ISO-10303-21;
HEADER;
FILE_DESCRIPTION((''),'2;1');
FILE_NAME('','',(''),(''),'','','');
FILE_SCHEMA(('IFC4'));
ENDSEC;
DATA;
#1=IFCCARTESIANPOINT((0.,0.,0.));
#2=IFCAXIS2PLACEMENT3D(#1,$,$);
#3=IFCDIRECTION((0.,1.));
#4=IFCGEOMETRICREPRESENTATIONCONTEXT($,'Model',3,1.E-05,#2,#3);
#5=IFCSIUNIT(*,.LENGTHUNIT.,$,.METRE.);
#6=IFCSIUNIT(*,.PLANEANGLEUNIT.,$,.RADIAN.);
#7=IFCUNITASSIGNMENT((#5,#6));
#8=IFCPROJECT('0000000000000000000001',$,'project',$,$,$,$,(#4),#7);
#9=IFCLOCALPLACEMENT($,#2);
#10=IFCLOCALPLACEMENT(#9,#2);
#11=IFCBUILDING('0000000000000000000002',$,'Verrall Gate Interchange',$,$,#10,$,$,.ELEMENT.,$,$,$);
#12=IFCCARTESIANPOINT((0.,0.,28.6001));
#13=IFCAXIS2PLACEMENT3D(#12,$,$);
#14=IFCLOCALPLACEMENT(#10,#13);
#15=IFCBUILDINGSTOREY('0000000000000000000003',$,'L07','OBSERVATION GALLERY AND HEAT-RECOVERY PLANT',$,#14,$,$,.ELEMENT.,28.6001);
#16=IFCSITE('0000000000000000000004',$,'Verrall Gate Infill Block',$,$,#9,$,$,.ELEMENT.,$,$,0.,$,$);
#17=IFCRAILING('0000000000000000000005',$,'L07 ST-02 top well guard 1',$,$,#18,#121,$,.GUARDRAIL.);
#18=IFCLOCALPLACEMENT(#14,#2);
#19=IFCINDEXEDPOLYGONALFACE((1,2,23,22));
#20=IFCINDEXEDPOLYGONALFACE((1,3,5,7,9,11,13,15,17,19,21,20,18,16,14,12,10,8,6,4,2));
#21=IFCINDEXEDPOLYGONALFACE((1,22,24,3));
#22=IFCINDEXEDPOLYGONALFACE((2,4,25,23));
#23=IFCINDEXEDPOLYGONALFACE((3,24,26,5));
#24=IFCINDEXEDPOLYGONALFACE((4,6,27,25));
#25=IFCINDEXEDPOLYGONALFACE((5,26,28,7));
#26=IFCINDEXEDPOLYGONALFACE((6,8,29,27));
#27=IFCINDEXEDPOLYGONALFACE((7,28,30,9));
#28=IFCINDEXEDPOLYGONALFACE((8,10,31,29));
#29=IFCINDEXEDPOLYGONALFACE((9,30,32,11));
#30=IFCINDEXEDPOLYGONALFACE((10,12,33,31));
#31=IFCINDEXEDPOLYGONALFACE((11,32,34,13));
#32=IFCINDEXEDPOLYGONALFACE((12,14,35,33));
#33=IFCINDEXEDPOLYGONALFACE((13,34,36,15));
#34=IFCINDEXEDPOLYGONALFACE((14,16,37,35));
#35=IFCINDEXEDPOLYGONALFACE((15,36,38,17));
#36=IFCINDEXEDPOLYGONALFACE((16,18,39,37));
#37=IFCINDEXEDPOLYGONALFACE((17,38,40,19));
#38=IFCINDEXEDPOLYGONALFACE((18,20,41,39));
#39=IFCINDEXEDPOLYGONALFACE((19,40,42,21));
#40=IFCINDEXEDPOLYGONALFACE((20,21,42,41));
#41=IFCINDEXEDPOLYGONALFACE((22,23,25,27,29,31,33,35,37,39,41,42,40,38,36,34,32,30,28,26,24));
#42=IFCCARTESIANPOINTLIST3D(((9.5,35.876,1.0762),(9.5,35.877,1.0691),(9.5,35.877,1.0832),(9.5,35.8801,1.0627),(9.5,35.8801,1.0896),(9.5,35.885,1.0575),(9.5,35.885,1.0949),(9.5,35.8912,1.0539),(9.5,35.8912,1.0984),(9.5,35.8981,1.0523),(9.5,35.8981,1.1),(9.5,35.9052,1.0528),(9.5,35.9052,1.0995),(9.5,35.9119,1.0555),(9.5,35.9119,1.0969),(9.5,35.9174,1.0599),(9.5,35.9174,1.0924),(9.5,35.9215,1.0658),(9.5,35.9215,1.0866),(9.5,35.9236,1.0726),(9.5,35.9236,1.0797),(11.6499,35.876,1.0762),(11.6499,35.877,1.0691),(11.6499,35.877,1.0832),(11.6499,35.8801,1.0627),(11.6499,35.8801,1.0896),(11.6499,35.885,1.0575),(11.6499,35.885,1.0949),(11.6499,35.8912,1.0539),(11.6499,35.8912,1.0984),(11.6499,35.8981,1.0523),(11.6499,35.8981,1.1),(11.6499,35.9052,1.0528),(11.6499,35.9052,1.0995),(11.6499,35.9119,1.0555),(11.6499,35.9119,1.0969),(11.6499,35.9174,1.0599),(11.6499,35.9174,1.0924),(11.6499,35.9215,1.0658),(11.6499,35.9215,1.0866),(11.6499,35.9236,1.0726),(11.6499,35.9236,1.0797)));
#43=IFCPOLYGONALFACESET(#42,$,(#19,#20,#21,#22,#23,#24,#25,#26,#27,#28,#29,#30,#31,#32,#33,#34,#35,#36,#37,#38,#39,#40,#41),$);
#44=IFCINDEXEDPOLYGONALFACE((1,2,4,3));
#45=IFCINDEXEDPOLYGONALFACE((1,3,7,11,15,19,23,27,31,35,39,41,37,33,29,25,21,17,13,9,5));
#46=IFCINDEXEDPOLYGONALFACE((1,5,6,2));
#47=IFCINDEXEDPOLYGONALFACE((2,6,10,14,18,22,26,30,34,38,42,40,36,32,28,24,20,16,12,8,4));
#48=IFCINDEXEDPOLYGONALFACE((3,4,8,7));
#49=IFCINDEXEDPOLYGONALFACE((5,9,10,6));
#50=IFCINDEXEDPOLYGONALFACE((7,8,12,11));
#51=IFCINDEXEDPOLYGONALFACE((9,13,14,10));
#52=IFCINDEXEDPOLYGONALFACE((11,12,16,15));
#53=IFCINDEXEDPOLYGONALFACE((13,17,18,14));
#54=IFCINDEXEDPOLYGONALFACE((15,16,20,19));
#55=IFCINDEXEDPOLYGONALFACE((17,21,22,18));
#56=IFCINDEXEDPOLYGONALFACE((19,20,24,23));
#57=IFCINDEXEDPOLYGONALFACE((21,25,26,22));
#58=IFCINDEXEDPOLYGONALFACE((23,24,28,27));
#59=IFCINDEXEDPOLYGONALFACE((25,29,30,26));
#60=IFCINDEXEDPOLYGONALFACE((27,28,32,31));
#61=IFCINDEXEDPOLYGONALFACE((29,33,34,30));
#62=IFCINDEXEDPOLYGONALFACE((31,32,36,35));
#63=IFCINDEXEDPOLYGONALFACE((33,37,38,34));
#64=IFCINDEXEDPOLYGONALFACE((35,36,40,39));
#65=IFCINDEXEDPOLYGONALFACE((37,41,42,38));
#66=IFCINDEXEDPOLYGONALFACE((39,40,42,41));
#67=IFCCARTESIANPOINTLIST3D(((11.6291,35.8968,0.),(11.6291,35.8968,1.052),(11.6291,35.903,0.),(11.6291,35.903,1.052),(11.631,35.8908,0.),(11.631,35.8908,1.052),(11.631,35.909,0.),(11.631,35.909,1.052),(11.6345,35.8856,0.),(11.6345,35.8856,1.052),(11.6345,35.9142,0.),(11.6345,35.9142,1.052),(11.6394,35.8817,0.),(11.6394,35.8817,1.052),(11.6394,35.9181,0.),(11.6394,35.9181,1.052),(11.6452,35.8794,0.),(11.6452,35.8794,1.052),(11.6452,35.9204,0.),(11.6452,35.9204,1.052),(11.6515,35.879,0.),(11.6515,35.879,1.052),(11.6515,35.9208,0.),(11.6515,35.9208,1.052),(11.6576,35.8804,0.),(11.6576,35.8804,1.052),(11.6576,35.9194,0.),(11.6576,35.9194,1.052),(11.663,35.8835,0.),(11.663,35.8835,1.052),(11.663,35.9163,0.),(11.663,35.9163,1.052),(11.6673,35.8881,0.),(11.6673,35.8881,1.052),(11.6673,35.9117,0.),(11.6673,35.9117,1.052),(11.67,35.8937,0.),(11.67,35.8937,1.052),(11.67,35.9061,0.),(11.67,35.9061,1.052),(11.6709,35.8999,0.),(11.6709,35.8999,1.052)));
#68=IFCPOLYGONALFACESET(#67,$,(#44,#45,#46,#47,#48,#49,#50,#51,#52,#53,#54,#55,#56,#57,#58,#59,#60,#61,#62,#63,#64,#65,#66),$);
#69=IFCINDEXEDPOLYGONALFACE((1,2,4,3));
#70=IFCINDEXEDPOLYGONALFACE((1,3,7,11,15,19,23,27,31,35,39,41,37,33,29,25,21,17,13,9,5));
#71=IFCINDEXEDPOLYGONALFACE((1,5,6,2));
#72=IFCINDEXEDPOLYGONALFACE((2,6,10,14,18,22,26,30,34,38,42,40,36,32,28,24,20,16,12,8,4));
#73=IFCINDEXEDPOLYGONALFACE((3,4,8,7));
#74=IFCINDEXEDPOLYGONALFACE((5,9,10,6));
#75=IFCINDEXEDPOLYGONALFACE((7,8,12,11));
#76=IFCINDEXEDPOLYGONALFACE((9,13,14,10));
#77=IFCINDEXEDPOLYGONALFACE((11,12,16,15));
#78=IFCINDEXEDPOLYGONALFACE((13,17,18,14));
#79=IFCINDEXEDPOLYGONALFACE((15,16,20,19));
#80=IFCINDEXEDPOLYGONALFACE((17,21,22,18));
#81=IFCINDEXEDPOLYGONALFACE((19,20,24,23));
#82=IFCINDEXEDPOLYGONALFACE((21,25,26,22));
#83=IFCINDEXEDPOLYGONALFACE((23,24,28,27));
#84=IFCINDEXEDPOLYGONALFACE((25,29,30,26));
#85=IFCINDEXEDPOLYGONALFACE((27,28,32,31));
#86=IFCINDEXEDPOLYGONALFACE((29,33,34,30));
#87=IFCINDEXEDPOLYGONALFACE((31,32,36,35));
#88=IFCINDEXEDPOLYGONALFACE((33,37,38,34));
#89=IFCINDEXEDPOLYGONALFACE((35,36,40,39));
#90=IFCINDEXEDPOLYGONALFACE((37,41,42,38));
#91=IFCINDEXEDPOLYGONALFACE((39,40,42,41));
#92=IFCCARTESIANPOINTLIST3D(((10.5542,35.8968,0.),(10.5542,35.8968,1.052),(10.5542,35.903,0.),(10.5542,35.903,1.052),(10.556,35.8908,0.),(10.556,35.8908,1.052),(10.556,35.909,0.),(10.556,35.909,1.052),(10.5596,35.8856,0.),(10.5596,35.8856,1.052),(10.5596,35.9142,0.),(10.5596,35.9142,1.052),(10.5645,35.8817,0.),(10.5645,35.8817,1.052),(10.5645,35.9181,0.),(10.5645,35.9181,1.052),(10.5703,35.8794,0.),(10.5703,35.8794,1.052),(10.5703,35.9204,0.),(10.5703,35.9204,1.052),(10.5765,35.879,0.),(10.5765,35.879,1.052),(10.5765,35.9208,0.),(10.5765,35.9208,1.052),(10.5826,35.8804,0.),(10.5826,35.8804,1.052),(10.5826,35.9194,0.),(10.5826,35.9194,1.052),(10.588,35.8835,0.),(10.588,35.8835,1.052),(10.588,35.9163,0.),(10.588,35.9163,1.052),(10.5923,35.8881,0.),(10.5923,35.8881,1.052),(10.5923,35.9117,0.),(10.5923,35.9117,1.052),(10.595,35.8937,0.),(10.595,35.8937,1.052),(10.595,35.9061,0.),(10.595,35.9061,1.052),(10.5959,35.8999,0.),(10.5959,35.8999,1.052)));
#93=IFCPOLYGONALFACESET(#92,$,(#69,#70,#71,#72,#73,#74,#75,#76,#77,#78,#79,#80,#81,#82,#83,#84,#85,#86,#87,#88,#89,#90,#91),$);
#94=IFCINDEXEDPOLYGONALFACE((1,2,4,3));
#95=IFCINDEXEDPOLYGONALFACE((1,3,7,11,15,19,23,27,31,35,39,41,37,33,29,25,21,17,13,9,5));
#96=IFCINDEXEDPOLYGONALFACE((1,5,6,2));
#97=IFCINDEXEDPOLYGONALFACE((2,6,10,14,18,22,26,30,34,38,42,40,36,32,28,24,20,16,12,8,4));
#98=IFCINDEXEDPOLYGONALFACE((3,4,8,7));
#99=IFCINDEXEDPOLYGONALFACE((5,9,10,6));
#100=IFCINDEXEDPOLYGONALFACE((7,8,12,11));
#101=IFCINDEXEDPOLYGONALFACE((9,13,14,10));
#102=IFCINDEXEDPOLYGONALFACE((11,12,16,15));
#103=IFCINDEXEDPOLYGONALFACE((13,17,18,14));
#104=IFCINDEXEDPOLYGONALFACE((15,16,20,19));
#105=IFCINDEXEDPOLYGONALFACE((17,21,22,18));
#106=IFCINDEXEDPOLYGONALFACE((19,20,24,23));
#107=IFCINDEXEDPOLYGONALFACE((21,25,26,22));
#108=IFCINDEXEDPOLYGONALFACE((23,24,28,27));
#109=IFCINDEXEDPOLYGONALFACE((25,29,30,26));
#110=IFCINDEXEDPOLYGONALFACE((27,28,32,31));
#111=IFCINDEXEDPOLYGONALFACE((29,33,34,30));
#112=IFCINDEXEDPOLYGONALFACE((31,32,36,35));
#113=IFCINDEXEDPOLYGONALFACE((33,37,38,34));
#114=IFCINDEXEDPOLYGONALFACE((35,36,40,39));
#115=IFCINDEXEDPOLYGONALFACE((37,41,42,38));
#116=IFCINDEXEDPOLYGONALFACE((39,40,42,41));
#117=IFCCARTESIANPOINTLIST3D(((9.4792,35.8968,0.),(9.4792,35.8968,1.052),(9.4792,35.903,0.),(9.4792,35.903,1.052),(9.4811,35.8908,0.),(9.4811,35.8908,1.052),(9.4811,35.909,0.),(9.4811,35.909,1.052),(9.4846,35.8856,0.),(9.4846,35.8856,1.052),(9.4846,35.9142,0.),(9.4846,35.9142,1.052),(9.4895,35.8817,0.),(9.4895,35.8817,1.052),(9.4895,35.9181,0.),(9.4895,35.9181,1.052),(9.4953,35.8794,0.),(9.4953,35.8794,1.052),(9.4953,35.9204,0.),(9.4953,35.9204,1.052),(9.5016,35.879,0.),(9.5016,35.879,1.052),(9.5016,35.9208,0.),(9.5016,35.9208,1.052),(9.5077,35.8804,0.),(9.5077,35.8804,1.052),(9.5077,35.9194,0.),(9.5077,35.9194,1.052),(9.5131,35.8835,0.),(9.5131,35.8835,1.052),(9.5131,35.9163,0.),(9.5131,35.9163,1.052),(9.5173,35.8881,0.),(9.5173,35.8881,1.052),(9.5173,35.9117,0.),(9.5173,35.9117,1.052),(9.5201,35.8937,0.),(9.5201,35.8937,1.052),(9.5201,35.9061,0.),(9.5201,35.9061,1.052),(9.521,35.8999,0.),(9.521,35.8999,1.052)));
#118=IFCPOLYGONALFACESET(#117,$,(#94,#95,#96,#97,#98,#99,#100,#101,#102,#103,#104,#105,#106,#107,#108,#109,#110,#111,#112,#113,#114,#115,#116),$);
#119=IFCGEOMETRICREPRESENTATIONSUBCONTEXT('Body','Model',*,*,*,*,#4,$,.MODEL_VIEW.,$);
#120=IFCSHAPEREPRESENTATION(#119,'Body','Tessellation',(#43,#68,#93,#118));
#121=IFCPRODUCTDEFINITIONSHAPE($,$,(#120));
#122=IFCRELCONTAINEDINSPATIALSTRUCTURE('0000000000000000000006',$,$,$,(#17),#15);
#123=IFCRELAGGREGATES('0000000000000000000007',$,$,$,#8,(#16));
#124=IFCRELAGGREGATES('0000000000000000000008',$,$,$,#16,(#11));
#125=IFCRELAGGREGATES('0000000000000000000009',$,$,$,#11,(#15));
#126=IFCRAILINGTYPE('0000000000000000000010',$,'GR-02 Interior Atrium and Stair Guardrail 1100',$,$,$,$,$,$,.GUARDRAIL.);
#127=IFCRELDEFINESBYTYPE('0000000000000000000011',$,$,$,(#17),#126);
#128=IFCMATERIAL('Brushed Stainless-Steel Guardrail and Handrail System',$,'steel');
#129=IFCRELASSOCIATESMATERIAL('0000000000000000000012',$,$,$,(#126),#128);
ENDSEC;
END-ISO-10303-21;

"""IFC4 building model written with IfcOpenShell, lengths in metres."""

from ifc_helpers import new_model, si_unit, direction, frame, origin, origin_2d, place, context, subcontext, project, spatial, circle, extrude, material, type_object, element, save


model = new_model("IFC4")

# Units and contexts
model_context = context("Model", 3, precision=1e-05, world=origin(), true_north=direction((0.0, 1.0)))
body_context = subcontext(model_context, "Body", "Model", "MODEL_VIEW")
ifc_project = project(units=[si_unit("LENGTHUNIT", "METRE"), si_unit("PLANEANGLEUNIT", "RADIAN")], contexts=[model_context])

# Site, building, storey
site_placement = place(None, origin())
site = spatial("IfcSite", under=ifc_project, at=site_placement, Name="Verrall Gate Infill Block", CompositionType="ELEMENT", RefElevation=0.0)
building_placement = place(site_placement, origin())
building = spatial("IfcBuilding", under=site, at=building_placement, Name="Verrall Gate Interchange", CompositionType="ELEMENT")
storey_placement = place(building_placement, frame((0.0, 0.0, 28.6001)))
storey = spatial("IfcBuildingStorey", under=building, at=storey_placement, Name="L07", Description="OBSERVATION GALLERY AND HEAT-RECOVERY PLANT", CompositionType="ELEMENT", Elevation=28.6001)

# Railing
ifc_material_1 = material(Name="Brushed Stainless-Steel Guardrail and Handrail System", Category="steel")
railing_type = type_object("IfcRailingType", Name="GR-02 Interior Atrium and Stair Guardrail 1100", PredefinedType="GUARDRAIL", material=ifc_material_1)
railing_placement = place(storey_placement, frame((11.6499, 35.8999, 0.0)))
element("IfcRailing", 1, at=railing_placement, inside=storey, type_object=railing_type, Name="L07 ST-02 top well guard 1", PredefinedType="GUARDRAIL", context=body_context, shape_type="SweptSolid", body=[
    extrude(circle(Radius=0.0239, at=origin_2d()), frame((0.0, 0.0, 1.0762), z_axis=(-1.0, 0.0, 0.0), x_axis=(0.0, -1.0, 0.0)), (0.0, 0.0, 1.0), 2.1499),
    extrude(circle(Radius=0.021, at=origin_2d()), origin(), (0.0, 0.0, 1.0), 1.052),
    extrude(circle(Radius=0.021, at=origin_2d()), frame((-1.075, 0.0, 0.0)), (0.0, 0.0, 1.0), 1.052),
    extrude(circle(Radius=0.021, at=origin_2d()), frame((-2.1499, 0.0, 0.0)), (0.0, 0.0, 1.0), 1.052),
])

save(model, "model.ifc")
